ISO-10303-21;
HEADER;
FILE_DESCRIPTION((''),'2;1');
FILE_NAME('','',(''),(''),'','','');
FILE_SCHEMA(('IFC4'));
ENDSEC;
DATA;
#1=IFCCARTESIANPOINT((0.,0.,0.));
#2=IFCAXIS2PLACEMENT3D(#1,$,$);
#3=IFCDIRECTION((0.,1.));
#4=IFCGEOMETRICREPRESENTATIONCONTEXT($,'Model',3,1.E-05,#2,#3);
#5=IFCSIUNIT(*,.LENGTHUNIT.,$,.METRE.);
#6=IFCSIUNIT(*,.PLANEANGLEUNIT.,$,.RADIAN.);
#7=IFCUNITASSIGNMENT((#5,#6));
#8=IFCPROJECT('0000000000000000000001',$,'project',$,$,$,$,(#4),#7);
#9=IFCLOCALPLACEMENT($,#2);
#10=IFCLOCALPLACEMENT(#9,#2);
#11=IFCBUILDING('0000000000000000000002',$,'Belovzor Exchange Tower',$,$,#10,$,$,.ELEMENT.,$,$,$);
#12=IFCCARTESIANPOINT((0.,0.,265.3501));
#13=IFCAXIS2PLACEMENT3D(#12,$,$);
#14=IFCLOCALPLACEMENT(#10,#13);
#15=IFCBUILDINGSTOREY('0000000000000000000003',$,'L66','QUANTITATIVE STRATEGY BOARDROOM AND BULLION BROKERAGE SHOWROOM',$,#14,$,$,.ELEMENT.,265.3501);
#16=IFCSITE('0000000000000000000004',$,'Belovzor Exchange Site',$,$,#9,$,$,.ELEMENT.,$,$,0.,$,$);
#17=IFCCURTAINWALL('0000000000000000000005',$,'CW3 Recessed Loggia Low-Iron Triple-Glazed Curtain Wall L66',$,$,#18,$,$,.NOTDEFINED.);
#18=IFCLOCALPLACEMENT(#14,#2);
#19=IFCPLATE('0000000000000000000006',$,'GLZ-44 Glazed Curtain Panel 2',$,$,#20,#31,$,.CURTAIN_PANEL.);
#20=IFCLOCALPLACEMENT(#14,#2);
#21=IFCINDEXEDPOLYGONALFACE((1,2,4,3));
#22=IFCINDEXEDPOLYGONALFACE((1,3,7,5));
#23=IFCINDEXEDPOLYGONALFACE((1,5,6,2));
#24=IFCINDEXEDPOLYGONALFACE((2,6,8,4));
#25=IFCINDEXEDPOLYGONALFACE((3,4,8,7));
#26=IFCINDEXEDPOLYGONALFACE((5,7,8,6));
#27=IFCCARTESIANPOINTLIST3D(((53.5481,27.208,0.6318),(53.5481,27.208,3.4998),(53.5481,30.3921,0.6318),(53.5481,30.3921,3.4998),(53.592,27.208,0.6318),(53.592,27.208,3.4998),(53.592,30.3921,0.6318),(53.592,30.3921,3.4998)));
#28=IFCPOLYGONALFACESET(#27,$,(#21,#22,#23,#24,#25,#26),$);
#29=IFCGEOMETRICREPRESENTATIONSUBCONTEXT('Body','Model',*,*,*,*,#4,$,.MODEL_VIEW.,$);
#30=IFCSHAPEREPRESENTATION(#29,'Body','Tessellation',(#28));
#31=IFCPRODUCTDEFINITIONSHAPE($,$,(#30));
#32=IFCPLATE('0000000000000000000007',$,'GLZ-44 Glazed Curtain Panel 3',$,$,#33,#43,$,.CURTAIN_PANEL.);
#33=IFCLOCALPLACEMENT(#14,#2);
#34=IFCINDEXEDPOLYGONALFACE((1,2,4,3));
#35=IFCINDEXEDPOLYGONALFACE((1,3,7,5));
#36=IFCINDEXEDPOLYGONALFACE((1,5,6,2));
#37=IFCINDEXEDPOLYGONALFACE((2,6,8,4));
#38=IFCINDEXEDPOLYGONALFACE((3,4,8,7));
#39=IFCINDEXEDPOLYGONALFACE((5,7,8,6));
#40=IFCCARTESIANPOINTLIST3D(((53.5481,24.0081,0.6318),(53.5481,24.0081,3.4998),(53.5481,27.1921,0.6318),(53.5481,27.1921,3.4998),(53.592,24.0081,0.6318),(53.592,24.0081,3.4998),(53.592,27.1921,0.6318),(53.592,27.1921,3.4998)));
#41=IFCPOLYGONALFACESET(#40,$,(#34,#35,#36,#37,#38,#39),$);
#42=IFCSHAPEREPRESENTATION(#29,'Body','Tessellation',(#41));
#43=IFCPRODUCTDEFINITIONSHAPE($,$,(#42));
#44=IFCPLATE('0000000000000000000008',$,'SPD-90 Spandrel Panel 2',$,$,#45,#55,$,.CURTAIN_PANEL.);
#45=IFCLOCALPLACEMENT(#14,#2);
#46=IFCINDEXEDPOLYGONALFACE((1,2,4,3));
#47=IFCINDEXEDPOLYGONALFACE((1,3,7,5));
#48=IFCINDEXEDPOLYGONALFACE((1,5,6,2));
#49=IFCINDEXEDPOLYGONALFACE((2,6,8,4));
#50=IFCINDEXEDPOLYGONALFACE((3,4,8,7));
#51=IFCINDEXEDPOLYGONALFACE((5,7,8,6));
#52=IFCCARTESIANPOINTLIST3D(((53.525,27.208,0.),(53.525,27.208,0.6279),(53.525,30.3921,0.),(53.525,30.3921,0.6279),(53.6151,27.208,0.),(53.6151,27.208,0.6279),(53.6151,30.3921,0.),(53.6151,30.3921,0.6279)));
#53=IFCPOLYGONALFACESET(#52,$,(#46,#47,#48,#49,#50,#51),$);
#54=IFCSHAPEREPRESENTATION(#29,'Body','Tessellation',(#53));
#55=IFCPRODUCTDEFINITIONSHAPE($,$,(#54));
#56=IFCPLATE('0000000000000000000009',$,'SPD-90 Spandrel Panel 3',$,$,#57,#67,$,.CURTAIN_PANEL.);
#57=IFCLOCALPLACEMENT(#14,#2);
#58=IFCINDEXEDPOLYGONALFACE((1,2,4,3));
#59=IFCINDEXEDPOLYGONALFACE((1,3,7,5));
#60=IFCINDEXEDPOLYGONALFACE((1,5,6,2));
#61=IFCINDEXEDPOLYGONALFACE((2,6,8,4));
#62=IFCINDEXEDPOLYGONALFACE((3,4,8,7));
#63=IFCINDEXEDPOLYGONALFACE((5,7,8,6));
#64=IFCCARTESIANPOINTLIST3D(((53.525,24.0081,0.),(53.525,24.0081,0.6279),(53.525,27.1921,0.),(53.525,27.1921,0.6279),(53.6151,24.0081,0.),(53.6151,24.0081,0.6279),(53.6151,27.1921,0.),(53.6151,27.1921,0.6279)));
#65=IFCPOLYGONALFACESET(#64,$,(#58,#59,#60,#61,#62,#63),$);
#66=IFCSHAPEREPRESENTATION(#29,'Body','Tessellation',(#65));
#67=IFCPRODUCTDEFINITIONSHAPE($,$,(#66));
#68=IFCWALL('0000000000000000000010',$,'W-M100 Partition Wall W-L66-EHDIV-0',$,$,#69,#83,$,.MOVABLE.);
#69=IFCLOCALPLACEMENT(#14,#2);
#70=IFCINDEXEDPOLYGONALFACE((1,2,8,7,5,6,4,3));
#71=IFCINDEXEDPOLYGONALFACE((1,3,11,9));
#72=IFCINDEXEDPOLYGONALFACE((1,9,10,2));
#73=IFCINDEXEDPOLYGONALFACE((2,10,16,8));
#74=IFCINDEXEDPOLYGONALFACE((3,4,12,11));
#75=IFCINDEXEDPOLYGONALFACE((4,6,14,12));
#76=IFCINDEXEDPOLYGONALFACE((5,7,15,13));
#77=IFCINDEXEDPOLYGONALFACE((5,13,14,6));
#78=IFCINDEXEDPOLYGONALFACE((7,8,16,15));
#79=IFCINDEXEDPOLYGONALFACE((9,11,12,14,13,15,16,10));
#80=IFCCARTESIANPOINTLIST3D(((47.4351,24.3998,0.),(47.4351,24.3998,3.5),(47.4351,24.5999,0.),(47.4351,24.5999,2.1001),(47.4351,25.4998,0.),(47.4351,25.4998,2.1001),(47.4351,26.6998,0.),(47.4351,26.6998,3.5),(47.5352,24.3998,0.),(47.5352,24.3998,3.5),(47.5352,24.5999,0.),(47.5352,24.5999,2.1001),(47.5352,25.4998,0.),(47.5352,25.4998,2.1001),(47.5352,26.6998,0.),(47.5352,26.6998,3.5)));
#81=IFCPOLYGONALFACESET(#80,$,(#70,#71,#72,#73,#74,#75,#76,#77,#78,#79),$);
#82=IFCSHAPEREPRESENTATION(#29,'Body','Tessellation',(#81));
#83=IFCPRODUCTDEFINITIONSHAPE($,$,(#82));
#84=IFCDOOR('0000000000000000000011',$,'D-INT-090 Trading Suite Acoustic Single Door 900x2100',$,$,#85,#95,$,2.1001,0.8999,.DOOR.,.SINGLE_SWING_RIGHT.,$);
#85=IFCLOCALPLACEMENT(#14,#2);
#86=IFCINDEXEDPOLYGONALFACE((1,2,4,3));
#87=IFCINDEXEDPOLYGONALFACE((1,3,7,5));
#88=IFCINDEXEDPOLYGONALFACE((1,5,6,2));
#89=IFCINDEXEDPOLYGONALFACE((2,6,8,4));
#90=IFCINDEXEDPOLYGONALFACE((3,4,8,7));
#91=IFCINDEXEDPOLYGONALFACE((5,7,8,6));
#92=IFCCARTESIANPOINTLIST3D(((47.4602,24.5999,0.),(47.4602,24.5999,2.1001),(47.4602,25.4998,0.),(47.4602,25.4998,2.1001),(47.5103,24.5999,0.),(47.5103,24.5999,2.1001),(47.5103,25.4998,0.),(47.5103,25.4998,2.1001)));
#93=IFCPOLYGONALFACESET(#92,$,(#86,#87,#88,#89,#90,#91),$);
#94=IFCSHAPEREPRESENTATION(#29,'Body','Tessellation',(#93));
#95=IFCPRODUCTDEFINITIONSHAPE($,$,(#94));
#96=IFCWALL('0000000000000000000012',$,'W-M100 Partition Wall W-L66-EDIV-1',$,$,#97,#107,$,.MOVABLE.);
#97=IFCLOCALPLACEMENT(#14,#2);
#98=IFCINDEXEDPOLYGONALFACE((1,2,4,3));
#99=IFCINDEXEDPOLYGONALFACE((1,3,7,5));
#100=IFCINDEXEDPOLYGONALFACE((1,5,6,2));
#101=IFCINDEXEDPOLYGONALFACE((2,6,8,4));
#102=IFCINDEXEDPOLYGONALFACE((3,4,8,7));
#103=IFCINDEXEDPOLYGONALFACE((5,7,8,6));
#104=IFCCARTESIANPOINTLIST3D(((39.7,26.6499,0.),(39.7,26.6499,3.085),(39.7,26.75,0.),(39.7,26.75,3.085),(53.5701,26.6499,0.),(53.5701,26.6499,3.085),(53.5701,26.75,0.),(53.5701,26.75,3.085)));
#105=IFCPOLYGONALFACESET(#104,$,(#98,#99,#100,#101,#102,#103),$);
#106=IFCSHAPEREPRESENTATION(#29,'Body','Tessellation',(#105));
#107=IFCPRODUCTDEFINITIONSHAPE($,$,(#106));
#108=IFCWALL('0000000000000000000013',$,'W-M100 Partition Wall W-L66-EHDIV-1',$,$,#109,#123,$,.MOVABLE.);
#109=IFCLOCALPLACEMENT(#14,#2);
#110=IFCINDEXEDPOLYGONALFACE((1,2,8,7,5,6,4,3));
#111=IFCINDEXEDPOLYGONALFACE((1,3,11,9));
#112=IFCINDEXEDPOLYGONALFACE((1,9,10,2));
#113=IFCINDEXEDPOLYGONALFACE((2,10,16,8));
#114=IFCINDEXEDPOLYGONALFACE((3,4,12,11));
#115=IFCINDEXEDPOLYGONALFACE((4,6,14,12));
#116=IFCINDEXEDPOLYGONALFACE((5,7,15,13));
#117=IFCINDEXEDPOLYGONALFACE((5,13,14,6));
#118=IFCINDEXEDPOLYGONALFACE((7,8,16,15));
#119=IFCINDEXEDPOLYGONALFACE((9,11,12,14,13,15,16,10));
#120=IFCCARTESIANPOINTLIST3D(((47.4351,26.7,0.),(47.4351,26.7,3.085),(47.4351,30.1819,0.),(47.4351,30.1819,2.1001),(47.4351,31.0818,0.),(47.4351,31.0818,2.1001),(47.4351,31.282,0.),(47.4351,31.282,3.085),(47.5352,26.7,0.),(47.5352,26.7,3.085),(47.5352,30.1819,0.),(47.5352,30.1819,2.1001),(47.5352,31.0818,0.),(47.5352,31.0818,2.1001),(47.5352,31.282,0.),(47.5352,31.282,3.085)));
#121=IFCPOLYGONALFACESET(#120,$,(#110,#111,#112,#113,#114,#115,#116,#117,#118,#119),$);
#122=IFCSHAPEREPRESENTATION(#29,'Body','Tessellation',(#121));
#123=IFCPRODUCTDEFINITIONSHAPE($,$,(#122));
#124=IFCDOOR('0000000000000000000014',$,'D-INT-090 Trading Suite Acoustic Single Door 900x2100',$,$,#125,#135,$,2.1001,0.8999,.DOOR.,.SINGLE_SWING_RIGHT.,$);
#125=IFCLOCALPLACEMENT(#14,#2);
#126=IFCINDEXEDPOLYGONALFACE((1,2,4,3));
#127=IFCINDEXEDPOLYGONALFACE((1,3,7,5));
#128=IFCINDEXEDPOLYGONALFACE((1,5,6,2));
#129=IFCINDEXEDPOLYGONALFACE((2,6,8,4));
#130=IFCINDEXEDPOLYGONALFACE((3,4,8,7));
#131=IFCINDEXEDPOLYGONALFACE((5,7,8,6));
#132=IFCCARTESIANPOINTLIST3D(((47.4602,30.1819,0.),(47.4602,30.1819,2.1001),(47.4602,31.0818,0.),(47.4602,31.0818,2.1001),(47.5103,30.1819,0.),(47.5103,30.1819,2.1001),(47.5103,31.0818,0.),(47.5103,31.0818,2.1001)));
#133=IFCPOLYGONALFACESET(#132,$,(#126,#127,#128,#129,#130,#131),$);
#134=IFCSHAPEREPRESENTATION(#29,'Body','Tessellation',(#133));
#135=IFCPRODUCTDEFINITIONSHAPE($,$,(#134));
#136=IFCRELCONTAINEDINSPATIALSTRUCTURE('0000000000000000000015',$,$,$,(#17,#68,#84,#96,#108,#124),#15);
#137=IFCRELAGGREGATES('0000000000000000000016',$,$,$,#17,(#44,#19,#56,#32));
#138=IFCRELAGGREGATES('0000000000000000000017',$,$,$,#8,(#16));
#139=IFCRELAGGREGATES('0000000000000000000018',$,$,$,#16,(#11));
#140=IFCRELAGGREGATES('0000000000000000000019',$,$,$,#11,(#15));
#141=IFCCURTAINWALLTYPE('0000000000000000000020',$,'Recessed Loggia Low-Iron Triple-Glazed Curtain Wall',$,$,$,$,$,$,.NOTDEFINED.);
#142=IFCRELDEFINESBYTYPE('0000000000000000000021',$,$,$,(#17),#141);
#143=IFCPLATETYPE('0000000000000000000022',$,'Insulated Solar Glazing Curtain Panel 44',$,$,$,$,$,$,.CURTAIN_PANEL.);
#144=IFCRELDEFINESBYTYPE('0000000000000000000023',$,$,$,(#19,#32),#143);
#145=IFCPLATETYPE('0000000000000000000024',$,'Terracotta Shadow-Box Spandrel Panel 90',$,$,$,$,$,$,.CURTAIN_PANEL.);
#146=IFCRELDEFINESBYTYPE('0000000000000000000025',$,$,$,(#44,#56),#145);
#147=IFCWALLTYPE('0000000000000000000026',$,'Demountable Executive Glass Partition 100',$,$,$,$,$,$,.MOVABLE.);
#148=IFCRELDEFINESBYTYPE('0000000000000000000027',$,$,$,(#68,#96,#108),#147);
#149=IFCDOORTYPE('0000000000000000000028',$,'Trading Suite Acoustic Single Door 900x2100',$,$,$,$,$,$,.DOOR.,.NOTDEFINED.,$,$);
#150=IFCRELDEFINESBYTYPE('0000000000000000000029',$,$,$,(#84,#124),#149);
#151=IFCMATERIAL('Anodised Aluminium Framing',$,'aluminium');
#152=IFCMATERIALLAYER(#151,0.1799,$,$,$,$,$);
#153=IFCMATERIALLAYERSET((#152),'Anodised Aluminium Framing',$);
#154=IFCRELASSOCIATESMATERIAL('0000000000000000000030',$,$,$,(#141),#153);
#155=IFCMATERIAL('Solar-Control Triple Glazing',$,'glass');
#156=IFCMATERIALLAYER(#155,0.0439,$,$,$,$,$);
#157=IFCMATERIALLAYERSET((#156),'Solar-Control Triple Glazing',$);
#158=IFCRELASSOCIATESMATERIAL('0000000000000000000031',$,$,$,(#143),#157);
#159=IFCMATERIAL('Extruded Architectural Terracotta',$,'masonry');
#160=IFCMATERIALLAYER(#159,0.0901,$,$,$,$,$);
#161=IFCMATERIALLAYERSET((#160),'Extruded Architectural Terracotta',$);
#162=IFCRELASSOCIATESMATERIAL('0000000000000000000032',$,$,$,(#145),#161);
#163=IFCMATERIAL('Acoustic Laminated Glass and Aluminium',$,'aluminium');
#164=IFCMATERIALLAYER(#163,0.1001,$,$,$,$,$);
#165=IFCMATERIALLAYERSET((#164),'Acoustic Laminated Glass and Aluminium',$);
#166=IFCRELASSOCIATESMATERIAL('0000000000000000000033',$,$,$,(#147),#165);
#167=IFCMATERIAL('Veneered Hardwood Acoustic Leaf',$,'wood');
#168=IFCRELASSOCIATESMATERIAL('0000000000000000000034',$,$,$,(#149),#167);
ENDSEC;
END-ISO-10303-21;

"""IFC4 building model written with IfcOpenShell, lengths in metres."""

from ifc_helpers import new_model, si_unit, direction, frame, frame_2d, origin, origin_2d, place, context, subcontext, project, spatial, rectangle, extrude, material, layer, layer_set, type_object, element, fill, aggregate, save


model = new_model("IFC4")

# Units and contexts
model_context = context("Model", 3, precision=1e-05, world=origin(), true_north=direction((0.0, 1.0)))
body_context = subcontext(model_context, "Body", "Model", "MODEL_VIEW")
ifc_project = project(units=[si_unit("LENGTHUNIT", "METRE"), si_unit("PLANEANGLEUNIT", "RADIAN")], contexts=[model_context])

# Site, building, storey
site_placement = place(None, origin())
site = spatial("IfcSite", under=ifc_project, at=site_placement, Name="Belovzor Exchange Site", CompositionType="ELEMENT", RefElevation=0.0)
building_placement = place(site_placement, origin())
building = spatial("IfcBuilding", under=site, at=building_placement, Name="Belovzor Exchange Tower", CompositionType="ELEMENT")
storey_placement = place(building_placement, frame((0.0, 0.0, 265.3501)))
storey = spatial("IfcBuildingStorey", under=building, at=storey_placement, Name="L66", Description="QUANTITATIVE STRATEGY BOARDROOM AND BULLION BROKERAGE SHOWROOM", CompositionType="ELEMENT", Elevation=265.3501)

# Curtain wall, plates
ifc_material_1 = material(Name="Anodised Aluminium Framing", Category="aluminium")
ifc_layer_1 = layer(ifc_material_1, 0.1799)
ifc_layer_set_1 = layer_set([ifc_layer_1], Name="Anodised Aluminium Framing")
curtain_wall_type = type_object("IfcCurtainWallType", Name="Recessed Loggia Low-Iron Triple-Glazed Curtain Wall", PredefinedType="NOTDEFINED", material=ifc_layer_set_1)
curtain_wall_placement = place(storey_placement, origin())
curtain_wall = element("IfcCurtainWall", 1, at=curtain_wall_placement, inside=storey, type_object=curtain_wall_type, Name="CW3 Recessed Loggia Low-Iron Triple-Glazed Curtain Wall L66", PredefinedType="NOTDEFINED")
ifc_material_2 = material(Name="Solar-Control Triple Glazing", Category="glass")
ifc_layer_2 = layer(ifc_material_2, 0.0439)
ifc_layer_set_2 = layer_set([ifc_layer_2], Name="Solar-Control Triple Glazing")
plate_type_1 = type_object("IfcPlateType", Name="Insulated Solar Glazing Curtain Panel 44", PredefinedType="CURTAIN_PANEL", material=ifc_layer_set_2)
plate_1_placement = place(storey_placement, frame((53.5701, 28.8, 0.6318), z_axis=(0.0, 0.0, 1.0), x_axis=(0.0, -1.0, 0.0)))
plate_1 = element("IfcPlate", 2, at=plate_1_placement, type_object=plate_type_1, Name="GLZ-44 Glazed Curtain Panel 2", PredefinedType="CURTAIN_PANEL", context=body_context, shape_type="SweptSolid", body=[
    extrude(rectangle(XDim=3.1841, YDim=0.0439, at=origin_2d()), origin(), (0.0, 0.0, 1.0), 2.8679),
])
plate_2_placement = place(storey_placement, frame((53.5701, 25.6001, 0.6318), z_axis=(0.0, 0.0, 1.0), x_axis=(0.0, -1.0, 0.0)))
plate_2 = element("IfcPlate", 3, at=plate_2_placement, type_object=plate_type_1, Name="GLZ-44 Glazed Curtain Panel 3", PredefinedType="CURTAIN_PANEL", context=body_context, shape_type="SweptSolid", body=[
    extrude(rectangle(XDim=3.1841, YDim=0.0439, at=origin_2d()), origin(), (0.0, 0.0, 1.0), 2.8679),
])
ifc_material_3 = material(Name="Extruded Architectural Terracotta", Category="masonry")
ifc_layer_3 = layer(ifc_material_3, 0.0901)
ifc_layer_set_3 = layer_set([ifc_layer_3], Name="Extruded Architectural Terracotta")
plate_type_2 = type_object("IfcPlateType", Name="Terracotta Shadow-Box Spandrel Panel 90", PredefinedType="CURTAIN_PANEL", material=ifc_layer_set_3)
plate_3_placement = place(storey_placement, frame((53.5701, 28.8, 0.0), z_axis=(0.0, 0.0, 1.0), x_axis=(0.0, -1.0, 0.0)))
plate_3 = element("IfcPlate", 4, at=plate_3_placement, type_object=plate_type_2, Name="SPD-90 Spandrel Panel 2", PredefinedType="CURTAIN_PANEL", context=body_context, shape_type="SweptSolid", body=[
    extrude(rectangle(XDim=3.1841, YDim=0.0901, at=origin_2d()), origin(), (0.0, 0.0, 1.0), 0.6279),
])
plate_4_placement = place(storey_placement, frame((53.5701, 25.6001, 0.0), z_axis=(0.0, 0.0, 1.0), x_axis=(0.0, -1.0, 0.0)))
plate_4 = element("IfcPlate", 5, at=plate_4_placement, type_object=plate_type_2, Name="SPD-90 Spandrel Panel 3", PredefinedType="CURTAIN_PANEL", context=body_context, shape_type="SweptSolid", body=[
    extrude(rectangle(XDim=3.1841, YDim=0.0901, at=origin_2d()), origin(), (0.0, 0.0, 1.0), 0.6279),
])
aggregate(curtain_wall, [plate_3, plate_1, plate_4, plate_2])

# Wall, opening, door
ifc_material_4 = material(Name="Acoustic Laminated Glass and Aluminium", Category="aluminium")
ifc_layer_4 = layer(ifc_material_4, 0.1001)
ifc_layer_set_4 = layer_set([ifc_layer_4], Name="Acoustic Laminated Glass and Aluminium")
wall_type_1 = type_object("IfcWallType", Name="Demountable Executive Glass Partition 100", PredefinedType="MOVABLE", material=ifc_layer_set_4)
wall_1_placement = place(storey_placement, frame((47.4851, 24.3999, 0.0), z_axis=(0.0, 0.0, 1.0), x_axis=(0.0, 1.0, 0.0)))
wall_1 = element("IfcWall", 6, at=wall_1_placement, inside=storey, type_object=wall_type_1, Name="W-M100 Partition Wall W-L66-EHDIV-0", PredefinedType="MOVABLE", context=body_context, shape_type="SweptSolid", body=[
    extrude(rectangle(XDim=2.3, YDim=0.1001, at=frame_2d((1.1499, 0.0))), origin(), (0.0, 0.0, 1.0), 3.5),
])
opening_1_placement = place(wall_1_placement, frame((0.2, 0.0, 0.0)))
opening_1 = element("IfcOpeningElement", 7, at=opening_1_placement, cuts=wall_1, PredefinedType="OPENING", context=body_context, shape_type="SweptSolid", body=[
    extrude(rectangle(XDim=0.8999, YDim=2.1001, at=frame_2d((0.45, 1.05))), frame((0.0, 0.0601, 0.0), z_axis=(0.0, -1.0, 0.0), x_axis=(1.0, 0.0, 0.0)), (0.0, 0.0, 1.0), 0.1201),
])
ifc_material_5 = material(Name="Veneered Hardwood Acoustic Leaf", Category="wood")
door_type_1 = type_object("IfcDoorType", Name="Trading Suite Acoustic Single Door 900x2100", OperationType="NOTDEFINED", PredefinedType="DOOR", material=ifc_material_5)
door_1_placement = place(opening_1_placement, origin())
door_1 = element("IfcDoor", 8, at=door_1_placement, inside=storey, type_object=door_type_1, Name="D-INT-090 Trading Suite Acoustic Single Door 900x2100", OperationType="SINGLE_SWING_RIGHT", OverallHeight=2.1001, OverallWidth=0.8999, PredefinedType="DOOR", context=body_context, shape_type="SweptSolid", body=[
    extrude(rectangle(XDim=0.8999, YDim=2.1001, at=frame_2d((0.45, 1.05))), frame((0.0, 0.0249, 0.0), z_axis=(0.0, -1.0, 0.0), x_axis=(1.0, 0.0, 0.0)), (0.0, 0.0, 1.0), 0.05),
])
fill(opening_1, door_1)

# Wall
wall_2_placement = place(storey_placement, frame((39.7, 26.7, 0.0), z_axis=(0.0, 0.0, 1.0), x_axis=(1.0, 0.0, 0.0)))
element("IfcWall", 9, at=wall_2_placement, inside=storey, type_object=wall_type_1, Name="W-M100 Partition Wall W-L66-EDIV-1", PredefinedType="MOVABLE", context=body_context, shape_type="SweptSolid", body=[
    extrude(rectangle(XDim=13.8701, YDim=0.1001, at=frame_2d((6.9351, 0.0))), origin(), (0.0, 0.0, 1.0), 3.085),
])

# Wall, opening, door
wall_3_placement = place(storey_placement, frame((47.4851, 26.7, 0.0), z_axis=(0.0, 0.0, 1.0), x_axis=(0.0, 1.0, 0.0)))
wall_3 = element("IfcWall", 10, at=wall_3_placement, inside=storey, type_object=wall_type_1, Name="W-M100 Partition Wall W-L66-EHDIV-1", PredefinedType="MOVABLE", context=body_context, shape_type="SweptSolid", body=[
    extrude(rectangle(XDim=4.582, YDim=0.1001, at=frame_2d((2.291, 0.0))), origin(), (0.0, 0.0, 1.0), 3.085),
])
opening_2_placement = place(wall_3_placement, frame((3.4819, 0.0, 0.0)))
opening_2 = element("IfcOpeningElement", 11, at=opening_2_placement, cuts=wall_3, PredefinedType="OPENING", context=body_context, shape_type="SweptSolid", body=[
    extrude(rectangle(XDim=0.8999, YDim=2.1001, at=frame_2d((0.45, 1.05))), frame((0.0, 0.0601, 0.0), z_axis=(0.0, -1.0, 0.0), x_axis=(1.0, 0.0, 0.0)), (0.0, 0.0, 1.0), 0.1201),
])
door_2_placement = place(opening_2_placement, origin())
door_2 = element("IfcDoor", 12, at=door_2_placement, inside=storey, type_object=door_type_1, Name="D-INT-090 Trading Suite Acoustic Single Door 900x2100", OperationType="SINGLE_SWING_RIGHT", OverallHeight=2.1001, OverallWidth=0.8999, PredefinedType="DOOR", context=body_context, shape_type="SweptSolid", body=[
    extrude(rectangle(XDim=0.8999, YDim=2.1001, at=frame_2d((0.45, 1.05))), frame((0.0, 0.0249, 0.0), z_axis=(0.0, -1.0, 0.0), x_axis=(1.0, 0.0, 0.0)), (0.0, 0.0, 1.0), 0.05),
])
fill(opening_2, door_2)

save(model, "model.ifc")
